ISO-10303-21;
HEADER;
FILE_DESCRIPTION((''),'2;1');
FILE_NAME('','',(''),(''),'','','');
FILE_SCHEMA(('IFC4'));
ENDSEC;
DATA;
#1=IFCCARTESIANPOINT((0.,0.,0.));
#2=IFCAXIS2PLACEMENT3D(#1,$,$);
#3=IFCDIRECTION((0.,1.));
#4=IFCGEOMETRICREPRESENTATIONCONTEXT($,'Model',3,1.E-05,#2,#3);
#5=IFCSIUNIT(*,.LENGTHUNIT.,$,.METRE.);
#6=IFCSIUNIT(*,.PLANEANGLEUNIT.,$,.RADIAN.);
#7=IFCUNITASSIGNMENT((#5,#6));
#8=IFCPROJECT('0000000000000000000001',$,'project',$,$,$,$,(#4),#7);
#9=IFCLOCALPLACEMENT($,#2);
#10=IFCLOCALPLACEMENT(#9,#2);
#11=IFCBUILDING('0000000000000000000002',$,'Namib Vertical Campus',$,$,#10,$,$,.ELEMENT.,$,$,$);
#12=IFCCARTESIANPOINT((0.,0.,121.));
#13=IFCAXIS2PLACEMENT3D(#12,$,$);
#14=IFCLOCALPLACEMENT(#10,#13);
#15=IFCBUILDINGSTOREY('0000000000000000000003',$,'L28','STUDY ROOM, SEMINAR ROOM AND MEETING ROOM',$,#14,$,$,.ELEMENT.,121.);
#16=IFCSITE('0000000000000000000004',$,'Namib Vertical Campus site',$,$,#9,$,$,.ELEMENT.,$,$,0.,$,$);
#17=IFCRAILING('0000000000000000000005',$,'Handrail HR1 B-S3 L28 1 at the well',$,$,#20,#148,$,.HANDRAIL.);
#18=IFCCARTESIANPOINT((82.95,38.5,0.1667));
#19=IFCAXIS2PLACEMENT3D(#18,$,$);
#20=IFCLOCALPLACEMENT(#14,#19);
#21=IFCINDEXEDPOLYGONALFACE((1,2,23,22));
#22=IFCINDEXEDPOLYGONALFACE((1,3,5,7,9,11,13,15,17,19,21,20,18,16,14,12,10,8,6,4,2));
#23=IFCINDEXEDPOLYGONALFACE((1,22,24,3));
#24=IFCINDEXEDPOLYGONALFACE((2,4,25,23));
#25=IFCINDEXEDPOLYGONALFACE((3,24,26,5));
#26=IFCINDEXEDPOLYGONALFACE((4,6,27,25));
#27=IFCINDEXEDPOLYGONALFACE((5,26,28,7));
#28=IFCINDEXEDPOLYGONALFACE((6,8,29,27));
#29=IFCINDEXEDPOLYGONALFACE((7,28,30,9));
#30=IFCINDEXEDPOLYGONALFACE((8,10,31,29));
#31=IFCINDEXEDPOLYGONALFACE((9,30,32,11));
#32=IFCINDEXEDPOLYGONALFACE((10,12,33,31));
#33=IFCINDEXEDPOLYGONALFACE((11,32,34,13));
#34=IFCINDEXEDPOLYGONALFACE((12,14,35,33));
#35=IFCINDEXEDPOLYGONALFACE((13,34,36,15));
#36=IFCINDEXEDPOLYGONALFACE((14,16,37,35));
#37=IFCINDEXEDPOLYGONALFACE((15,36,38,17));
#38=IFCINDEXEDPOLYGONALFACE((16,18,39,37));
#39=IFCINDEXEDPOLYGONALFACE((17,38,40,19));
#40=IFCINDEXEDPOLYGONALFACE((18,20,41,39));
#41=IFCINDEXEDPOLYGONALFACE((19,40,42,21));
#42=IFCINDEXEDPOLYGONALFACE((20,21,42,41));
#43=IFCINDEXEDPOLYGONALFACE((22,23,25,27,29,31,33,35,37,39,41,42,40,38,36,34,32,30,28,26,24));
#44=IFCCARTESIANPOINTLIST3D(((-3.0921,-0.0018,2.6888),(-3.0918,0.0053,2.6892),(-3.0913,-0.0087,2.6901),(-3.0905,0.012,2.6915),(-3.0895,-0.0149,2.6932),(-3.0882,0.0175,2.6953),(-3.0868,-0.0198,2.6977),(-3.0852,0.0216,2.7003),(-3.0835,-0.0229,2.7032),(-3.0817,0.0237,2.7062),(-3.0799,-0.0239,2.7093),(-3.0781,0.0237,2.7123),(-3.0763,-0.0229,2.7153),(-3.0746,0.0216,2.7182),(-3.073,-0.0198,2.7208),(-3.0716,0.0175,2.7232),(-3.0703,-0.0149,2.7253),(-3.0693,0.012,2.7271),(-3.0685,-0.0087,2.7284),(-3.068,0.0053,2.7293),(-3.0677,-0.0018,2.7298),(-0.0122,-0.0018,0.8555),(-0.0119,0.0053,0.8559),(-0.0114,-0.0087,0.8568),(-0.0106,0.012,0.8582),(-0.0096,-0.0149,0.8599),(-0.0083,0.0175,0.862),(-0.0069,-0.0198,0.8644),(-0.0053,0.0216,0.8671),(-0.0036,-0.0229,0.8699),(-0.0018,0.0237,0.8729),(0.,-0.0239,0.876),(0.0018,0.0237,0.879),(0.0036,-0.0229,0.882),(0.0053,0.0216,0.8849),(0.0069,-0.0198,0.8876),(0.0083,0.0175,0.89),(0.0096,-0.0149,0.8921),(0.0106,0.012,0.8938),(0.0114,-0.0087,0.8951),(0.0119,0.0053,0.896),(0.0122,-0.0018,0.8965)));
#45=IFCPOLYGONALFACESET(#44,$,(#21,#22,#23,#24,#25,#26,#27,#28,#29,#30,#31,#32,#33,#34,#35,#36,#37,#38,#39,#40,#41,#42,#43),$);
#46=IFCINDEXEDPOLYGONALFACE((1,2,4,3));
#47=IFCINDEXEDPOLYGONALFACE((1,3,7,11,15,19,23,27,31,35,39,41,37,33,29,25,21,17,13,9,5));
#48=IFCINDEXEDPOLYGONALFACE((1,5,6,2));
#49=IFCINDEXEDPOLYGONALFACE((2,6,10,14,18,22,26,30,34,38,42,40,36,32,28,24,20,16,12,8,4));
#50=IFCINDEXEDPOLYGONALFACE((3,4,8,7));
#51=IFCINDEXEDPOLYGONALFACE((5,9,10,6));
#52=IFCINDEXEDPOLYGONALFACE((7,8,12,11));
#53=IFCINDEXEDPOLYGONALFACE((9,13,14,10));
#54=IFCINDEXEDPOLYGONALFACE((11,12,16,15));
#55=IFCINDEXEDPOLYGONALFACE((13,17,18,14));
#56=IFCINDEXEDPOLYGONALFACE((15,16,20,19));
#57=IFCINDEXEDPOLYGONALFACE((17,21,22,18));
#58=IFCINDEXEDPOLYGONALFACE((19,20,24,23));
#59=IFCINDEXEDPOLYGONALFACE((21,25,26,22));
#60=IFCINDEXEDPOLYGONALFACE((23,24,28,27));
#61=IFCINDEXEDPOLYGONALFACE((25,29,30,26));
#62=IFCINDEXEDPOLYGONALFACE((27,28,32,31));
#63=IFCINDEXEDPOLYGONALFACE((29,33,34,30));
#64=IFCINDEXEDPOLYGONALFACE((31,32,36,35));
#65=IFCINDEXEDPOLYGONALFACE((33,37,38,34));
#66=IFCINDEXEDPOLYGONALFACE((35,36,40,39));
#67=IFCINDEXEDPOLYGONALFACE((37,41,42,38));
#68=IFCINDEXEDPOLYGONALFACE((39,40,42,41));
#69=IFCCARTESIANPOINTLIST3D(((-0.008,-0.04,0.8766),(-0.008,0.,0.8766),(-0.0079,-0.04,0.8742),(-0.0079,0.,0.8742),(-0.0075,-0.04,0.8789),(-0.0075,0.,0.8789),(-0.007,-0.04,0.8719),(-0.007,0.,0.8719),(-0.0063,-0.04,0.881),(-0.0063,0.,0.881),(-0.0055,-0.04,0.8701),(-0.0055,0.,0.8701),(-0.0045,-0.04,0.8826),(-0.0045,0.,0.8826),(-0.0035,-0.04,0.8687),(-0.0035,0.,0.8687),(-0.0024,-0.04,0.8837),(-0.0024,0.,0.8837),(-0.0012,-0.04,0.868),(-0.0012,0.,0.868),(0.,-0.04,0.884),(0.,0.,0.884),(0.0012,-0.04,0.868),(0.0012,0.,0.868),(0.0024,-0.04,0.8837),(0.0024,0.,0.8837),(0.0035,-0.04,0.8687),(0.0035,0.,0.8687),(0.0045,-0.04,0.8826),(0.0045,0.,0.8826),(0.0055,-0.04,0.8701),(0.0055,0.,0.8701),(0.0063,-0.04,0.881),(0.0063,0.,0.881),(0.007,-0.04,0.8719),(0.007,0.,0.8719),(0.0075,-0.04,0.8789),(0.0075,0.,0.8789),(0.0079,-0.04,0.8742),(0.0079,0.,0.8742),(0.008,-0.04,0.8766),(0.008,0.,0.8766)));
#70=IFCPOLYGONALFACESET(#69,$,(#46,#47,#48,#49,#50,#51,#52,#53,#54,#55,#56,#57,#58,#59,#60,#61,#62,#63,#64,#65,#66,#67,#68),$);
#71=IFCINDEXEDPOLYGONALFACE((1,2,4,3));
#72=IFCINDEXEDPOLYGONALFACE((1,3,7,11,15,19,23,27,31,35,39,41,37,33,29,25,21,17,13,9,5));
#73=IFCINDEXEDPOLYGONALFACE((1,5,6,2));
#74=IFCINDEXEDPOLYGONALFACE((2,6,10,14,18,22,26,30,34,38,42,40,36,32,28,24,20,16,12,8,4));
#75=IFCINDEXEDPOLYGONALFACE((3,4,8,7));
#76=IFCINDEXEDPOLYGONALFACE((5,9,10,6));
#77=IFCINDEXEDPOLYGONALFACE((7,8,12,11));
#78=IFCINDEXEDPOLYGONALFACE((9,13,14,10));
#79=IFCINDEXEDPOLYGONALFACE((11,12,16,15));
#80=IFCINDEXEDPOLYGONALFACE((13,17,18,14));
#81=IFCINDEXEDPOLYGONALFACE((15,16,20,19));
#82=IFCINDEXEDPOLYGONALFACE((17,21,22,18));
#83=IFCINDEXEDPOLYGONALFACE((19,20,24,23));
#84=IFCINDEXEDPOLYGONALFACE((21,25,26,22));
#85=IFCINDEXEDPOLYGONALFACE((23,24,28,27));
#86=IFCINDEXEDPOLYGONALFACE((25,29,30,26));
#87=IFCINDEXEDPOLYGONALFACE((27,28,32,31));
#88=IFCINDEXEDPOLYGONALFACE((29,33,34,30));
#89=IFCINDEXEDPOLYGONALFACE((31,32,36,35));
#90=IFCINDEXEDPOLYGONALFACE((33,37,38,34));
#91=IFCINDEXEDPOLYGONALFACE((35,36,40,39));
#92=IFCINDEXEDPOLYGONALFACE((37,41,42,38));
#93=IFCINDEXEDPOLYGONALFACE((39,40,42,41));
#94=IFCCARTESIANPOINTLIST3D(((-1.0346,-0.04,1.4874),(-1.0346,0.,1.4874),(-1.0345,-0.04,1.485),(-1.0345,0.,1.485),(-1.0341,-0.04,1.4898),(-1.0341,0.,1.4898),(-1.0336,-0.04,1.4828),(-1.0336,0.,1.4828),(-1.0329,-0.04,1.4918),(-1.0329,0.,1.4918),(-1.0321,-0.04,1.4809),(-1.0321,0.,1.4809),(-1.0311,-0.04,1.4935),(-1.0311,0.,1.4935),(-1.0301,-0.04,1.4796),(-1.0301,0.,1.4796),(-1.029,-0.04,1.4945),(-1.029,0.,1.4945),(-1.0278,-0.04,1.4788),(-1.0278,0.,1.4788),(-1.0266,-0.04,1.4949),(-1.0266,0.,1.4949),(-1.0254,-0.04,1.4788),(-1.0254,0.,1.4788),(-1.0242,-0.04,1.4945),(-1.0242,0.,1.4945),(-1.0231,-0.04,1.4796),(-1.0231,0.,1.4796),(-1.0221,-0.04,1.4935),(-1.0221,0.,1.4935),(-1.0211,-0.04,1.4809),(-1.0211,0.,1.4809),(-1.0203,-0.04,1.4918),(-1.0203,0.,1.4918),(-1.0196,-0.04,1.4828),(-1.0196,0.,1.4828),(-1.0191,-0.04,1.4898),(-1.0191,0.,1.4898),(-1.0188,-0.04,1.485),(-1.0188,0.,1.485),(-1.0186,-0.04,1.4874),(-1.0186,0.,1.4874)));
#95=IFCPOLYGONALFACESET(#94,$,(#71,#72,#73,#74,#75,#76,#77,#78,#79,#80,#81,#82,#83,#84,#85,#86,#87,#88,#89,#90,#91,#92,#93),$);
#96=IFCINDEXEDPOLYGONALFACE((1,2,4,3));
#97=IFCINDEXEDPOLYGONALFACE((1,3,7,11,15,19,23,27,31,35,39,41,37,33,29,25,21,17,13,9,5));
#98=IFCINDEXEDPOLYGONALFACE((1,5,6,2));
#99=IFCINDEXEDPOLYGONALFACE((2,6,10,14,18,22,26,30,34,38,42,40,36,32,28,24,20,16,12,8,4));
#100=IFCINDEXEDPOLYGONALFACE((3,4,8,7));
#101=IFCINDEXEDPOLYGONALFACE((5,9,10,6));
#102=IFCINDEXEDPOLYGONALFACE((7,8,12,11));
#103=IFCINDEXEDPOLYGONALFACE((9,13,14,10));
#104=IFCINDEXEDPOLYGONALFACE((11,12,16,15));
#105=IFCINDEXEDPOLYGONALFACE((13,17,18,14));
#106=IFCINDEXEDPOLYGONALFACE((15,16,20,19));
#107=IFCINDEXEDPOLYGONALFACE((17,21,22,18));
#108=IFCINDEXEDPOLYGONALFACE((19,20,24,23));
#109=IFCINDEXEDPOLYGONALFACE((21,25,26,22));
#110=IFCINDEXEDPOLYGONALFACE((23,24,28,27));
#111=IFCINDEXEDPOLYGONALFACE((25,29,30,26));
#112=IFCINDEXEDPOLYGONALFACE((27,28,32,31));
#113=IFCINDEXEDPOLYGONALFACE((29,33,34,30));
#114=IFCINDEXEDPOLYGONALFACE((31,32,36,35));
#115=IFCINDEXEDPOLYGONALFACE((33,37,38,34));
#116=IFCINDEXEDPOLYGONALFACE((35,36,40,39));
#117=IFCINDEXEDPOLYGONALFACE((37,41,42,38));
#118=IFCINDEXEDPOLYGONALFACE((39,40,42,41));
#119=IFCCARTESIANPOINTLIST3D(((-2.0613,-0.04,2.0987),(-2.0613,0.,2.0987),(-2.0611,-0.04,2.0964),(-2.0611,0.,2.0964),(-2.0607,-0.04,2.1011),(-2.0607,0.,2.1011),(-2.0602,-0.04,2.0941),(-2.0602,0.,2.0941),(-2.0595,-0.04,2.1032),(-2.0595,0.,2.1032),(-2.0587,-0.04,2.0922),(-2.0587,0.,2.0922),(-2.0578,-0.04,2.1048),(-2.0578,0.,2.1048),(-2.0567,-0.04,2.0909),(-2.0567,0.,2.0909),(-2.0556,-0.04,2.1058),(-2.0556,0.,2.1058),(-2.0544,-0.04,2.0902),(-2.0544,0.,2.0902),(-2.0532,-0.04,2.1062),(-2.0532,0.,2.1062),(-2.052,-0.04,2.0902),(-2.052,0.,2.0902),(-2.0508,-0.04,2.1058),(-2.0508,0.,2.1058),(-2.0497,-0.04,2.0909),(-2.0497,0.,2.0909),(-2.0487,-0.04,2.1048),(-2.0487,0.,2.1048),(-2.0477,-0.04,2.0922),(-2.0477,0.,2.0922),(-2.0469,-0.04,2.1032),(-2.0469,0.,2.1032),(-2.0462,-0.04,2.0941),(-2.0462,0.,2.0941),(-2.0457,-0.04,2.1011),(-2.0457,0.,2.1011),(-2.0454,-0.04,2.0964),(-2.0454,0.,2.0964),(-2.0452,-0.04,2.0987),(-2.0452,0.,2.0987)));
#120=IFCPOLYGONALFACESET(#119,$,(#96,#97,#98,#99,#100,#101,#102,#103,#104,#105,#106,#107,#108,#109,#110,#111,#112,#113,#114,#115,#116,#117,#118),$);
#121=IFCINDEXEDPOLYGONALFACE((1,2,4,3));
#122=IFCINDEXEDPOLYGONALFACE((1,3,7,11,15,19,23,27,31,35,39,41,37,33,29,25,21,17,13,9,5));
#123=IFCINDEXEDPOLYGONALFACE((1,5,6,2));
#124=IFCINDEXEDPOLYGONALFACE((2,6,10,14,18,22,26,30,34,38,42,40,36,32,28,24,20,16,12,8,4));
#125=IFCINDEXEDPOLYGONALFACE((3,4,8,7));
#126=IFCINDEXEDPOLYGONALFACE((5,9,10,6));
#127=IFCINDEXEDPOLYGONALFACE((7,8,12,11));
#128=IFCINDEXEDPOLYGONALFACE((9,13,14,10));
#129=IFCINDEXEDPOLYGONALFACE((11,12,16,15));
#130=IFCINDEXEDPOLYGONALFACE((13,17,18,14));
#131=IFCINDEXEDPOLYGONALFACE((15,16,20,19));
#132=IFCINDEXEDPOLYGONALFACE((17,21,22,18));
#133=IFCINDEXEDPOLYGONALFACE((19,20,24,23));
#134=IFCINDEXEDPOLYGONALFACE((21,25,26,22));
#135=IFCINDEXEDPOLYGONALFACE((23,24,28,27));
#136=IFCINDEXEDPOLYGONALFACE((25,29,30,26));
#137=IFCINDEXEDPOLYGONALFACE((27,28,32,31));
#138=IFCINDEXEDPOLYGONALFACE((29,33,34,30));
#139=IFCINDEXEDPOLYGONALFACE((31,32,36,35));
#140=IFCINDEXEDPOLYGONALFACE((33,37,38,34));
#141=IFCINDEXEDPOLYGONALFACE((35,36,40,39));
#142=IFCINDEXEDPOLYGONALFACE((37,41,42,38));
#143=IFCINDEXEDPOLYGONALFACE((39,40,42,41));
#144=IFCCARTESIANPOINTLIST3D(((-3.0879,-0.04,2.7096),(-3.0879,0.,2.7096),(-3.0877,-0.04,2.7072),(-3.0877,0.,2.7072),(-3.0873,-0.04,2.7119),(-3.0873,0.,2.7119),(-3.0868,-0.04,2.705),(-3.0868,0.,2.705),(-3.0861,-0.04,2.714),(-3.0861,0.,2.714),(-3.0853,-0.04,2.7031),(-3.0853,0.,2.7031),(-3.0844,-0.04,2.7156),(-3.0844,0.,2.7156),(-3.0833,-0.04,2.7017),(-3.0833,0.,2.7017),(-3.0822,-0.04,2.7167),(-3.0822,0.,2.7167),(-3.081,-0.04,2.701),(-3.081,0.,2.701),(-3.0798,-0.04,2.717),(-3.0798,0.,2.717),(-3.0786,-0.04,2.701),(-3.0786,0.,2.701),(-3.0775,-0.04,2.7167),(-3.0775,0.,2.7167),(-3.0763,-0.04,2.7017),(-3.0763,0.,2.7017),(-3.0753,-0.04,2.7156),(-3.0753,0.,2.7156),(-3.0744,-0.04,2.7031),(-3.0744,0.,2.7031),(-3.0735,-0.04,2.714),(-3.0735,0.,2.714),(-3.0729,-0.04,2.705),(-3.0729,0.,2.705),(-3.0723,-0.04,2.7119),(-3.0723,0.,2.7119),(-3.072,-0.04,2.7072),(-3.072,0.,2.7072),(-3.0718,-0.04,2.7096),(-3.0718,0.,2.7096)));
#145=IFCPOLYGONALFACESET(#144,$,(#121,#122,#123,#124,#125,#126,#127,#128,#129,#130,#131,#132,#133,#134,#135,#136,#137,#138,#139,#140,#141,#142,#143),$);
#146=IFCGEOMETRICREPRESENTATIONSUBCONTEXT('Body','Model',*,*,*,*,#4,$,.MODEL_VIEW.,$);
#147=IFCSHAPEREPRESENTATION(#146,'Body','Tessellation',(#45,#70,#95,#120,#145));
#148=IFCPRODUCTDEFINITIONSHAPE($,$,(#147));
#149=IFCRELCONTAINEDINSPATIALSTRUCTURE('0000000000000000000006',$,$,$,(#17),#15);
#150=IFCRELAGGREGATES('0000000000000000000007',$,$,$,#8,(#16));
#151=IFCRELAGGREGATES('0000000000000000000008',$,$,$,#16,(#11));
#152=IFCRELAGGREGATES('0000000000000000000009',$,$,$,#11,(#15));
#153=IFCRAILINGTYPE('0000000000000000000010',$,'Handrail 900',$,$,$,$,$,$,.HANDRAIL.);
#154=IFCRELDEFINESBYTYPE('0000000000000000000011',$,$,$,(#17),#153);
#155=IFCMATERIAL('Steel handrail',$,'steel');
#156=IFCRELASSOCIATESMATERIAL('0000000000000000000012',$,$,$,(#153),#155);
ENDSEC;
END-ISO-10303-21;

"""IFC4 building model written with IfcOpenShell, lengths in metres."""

from ifc_helpers import new_model, si_unit, direction, frame, origin, origin_2d, place, context, subcontext, project, spatial, circle, extrude, material, type_object, element, save


model = new_model("IFC4")

# Units and contexts
model_context = context("Model", 3, precision=1e-05, world=origin(), true_north=direction((0.0, 1.0)))
body_context = subcontext(model_context, "Body", "Model", "MODEL_VIEW")
ifc_project = project(units=[si_unit("LENGTHUNIT", "METRE"), si_unit("PLANEANGLEUNIT", "RADIAN")], contexts=[model_context])

# Site, building, storey
site_placement = place(None, origin())
site = spatial("IfcSite", under=ifc_project, at=site_placement, Name="Namib Vertical Campus site", CompositionType="ELEMENT", RefElevation=0.0)
building_placement = place(site_placement, origin())
building = spatial("IfcBuilding", under=site, at=building_placement, Name="Namib Vertical Campus", CompositionType="ELEMENT")
storey_placement = place(building_placement, frame((0.0, 0.0, 121.0)))
storey = spatial("IfcBuildingStorey", under=building, at=storey_placement, Name="L28", Description="STUDY ROOM, SEMINAR ROOM AND MEETING ROOM", CompositionType="ELEMENT", Elevation=121.0)

# Railing
ifc_material_1 = material(Name="Steel handrail", Category="steel")
railing_type_1 = type_object("IfcRailingType", Name="Handrail 900", PredefinedType="HANDRAIL", material=ifc_material_1)
railing_1_placement = place(storey_placement, frame((82.95, 38.5, 0.1667)))
element("IfcRailing", 1, at=railing_1_placement, inside=storey, type_object=railing_type_1, Name="Handrail HR1 B-S3 L28 1 at the well", PredefinedType="HANDRAIL", context=body_context, shape_type="SweptSolid", body=[
    extrude(circle(Radius=0.0239, at=origin_2d()), frame((0.0, 0.0, 0.876), z_axis=(-0.859291, 0.0, 0.511487), x_axis=(0.0, -1.0, 0.0)), (0.0, 0.0, 1.0), 3.5842),
    extrude(circle(Radius=0.0081, at=origin_2d()), frame((0.0, 0.0, 0.876), z_axis=(0.0, -1.0, 0.0), x_axis=(0.0, 0.0, 1.0)), (0.0, 0.0, 1.0), 0.04),
    extrude(circle(Radius=0.0081, at=origin_2d()), frame((-1.0266, 0.0, 1.4868), z_axis=(0.0, -1.0, 0.0), x_axis=(0.0, 0.0, 1.0)), (0.0, 0.0, 1.0), 0.04),
    extrude(circle(Radius=0.0081, at=origin_2d()), frame((-2.0532, 0.0, 2.0981), z_axis=(0.0, -1.0, 0.0), x_axis=(0.0, 0.0, 1.0)), (0.0, 0.0, 1.0), 0.04),
    extrude(circle(Radius=0.0081, at=origin_2d()), frame((-3.0798, 0.0, 2.709), z_axis=(0.0, -1.0, 0.0), x_axis=(0.0, 0.0, 1.0)), (0.0, 0.0, 1.0), 0.04),
])

save(model, "model.ifc")
